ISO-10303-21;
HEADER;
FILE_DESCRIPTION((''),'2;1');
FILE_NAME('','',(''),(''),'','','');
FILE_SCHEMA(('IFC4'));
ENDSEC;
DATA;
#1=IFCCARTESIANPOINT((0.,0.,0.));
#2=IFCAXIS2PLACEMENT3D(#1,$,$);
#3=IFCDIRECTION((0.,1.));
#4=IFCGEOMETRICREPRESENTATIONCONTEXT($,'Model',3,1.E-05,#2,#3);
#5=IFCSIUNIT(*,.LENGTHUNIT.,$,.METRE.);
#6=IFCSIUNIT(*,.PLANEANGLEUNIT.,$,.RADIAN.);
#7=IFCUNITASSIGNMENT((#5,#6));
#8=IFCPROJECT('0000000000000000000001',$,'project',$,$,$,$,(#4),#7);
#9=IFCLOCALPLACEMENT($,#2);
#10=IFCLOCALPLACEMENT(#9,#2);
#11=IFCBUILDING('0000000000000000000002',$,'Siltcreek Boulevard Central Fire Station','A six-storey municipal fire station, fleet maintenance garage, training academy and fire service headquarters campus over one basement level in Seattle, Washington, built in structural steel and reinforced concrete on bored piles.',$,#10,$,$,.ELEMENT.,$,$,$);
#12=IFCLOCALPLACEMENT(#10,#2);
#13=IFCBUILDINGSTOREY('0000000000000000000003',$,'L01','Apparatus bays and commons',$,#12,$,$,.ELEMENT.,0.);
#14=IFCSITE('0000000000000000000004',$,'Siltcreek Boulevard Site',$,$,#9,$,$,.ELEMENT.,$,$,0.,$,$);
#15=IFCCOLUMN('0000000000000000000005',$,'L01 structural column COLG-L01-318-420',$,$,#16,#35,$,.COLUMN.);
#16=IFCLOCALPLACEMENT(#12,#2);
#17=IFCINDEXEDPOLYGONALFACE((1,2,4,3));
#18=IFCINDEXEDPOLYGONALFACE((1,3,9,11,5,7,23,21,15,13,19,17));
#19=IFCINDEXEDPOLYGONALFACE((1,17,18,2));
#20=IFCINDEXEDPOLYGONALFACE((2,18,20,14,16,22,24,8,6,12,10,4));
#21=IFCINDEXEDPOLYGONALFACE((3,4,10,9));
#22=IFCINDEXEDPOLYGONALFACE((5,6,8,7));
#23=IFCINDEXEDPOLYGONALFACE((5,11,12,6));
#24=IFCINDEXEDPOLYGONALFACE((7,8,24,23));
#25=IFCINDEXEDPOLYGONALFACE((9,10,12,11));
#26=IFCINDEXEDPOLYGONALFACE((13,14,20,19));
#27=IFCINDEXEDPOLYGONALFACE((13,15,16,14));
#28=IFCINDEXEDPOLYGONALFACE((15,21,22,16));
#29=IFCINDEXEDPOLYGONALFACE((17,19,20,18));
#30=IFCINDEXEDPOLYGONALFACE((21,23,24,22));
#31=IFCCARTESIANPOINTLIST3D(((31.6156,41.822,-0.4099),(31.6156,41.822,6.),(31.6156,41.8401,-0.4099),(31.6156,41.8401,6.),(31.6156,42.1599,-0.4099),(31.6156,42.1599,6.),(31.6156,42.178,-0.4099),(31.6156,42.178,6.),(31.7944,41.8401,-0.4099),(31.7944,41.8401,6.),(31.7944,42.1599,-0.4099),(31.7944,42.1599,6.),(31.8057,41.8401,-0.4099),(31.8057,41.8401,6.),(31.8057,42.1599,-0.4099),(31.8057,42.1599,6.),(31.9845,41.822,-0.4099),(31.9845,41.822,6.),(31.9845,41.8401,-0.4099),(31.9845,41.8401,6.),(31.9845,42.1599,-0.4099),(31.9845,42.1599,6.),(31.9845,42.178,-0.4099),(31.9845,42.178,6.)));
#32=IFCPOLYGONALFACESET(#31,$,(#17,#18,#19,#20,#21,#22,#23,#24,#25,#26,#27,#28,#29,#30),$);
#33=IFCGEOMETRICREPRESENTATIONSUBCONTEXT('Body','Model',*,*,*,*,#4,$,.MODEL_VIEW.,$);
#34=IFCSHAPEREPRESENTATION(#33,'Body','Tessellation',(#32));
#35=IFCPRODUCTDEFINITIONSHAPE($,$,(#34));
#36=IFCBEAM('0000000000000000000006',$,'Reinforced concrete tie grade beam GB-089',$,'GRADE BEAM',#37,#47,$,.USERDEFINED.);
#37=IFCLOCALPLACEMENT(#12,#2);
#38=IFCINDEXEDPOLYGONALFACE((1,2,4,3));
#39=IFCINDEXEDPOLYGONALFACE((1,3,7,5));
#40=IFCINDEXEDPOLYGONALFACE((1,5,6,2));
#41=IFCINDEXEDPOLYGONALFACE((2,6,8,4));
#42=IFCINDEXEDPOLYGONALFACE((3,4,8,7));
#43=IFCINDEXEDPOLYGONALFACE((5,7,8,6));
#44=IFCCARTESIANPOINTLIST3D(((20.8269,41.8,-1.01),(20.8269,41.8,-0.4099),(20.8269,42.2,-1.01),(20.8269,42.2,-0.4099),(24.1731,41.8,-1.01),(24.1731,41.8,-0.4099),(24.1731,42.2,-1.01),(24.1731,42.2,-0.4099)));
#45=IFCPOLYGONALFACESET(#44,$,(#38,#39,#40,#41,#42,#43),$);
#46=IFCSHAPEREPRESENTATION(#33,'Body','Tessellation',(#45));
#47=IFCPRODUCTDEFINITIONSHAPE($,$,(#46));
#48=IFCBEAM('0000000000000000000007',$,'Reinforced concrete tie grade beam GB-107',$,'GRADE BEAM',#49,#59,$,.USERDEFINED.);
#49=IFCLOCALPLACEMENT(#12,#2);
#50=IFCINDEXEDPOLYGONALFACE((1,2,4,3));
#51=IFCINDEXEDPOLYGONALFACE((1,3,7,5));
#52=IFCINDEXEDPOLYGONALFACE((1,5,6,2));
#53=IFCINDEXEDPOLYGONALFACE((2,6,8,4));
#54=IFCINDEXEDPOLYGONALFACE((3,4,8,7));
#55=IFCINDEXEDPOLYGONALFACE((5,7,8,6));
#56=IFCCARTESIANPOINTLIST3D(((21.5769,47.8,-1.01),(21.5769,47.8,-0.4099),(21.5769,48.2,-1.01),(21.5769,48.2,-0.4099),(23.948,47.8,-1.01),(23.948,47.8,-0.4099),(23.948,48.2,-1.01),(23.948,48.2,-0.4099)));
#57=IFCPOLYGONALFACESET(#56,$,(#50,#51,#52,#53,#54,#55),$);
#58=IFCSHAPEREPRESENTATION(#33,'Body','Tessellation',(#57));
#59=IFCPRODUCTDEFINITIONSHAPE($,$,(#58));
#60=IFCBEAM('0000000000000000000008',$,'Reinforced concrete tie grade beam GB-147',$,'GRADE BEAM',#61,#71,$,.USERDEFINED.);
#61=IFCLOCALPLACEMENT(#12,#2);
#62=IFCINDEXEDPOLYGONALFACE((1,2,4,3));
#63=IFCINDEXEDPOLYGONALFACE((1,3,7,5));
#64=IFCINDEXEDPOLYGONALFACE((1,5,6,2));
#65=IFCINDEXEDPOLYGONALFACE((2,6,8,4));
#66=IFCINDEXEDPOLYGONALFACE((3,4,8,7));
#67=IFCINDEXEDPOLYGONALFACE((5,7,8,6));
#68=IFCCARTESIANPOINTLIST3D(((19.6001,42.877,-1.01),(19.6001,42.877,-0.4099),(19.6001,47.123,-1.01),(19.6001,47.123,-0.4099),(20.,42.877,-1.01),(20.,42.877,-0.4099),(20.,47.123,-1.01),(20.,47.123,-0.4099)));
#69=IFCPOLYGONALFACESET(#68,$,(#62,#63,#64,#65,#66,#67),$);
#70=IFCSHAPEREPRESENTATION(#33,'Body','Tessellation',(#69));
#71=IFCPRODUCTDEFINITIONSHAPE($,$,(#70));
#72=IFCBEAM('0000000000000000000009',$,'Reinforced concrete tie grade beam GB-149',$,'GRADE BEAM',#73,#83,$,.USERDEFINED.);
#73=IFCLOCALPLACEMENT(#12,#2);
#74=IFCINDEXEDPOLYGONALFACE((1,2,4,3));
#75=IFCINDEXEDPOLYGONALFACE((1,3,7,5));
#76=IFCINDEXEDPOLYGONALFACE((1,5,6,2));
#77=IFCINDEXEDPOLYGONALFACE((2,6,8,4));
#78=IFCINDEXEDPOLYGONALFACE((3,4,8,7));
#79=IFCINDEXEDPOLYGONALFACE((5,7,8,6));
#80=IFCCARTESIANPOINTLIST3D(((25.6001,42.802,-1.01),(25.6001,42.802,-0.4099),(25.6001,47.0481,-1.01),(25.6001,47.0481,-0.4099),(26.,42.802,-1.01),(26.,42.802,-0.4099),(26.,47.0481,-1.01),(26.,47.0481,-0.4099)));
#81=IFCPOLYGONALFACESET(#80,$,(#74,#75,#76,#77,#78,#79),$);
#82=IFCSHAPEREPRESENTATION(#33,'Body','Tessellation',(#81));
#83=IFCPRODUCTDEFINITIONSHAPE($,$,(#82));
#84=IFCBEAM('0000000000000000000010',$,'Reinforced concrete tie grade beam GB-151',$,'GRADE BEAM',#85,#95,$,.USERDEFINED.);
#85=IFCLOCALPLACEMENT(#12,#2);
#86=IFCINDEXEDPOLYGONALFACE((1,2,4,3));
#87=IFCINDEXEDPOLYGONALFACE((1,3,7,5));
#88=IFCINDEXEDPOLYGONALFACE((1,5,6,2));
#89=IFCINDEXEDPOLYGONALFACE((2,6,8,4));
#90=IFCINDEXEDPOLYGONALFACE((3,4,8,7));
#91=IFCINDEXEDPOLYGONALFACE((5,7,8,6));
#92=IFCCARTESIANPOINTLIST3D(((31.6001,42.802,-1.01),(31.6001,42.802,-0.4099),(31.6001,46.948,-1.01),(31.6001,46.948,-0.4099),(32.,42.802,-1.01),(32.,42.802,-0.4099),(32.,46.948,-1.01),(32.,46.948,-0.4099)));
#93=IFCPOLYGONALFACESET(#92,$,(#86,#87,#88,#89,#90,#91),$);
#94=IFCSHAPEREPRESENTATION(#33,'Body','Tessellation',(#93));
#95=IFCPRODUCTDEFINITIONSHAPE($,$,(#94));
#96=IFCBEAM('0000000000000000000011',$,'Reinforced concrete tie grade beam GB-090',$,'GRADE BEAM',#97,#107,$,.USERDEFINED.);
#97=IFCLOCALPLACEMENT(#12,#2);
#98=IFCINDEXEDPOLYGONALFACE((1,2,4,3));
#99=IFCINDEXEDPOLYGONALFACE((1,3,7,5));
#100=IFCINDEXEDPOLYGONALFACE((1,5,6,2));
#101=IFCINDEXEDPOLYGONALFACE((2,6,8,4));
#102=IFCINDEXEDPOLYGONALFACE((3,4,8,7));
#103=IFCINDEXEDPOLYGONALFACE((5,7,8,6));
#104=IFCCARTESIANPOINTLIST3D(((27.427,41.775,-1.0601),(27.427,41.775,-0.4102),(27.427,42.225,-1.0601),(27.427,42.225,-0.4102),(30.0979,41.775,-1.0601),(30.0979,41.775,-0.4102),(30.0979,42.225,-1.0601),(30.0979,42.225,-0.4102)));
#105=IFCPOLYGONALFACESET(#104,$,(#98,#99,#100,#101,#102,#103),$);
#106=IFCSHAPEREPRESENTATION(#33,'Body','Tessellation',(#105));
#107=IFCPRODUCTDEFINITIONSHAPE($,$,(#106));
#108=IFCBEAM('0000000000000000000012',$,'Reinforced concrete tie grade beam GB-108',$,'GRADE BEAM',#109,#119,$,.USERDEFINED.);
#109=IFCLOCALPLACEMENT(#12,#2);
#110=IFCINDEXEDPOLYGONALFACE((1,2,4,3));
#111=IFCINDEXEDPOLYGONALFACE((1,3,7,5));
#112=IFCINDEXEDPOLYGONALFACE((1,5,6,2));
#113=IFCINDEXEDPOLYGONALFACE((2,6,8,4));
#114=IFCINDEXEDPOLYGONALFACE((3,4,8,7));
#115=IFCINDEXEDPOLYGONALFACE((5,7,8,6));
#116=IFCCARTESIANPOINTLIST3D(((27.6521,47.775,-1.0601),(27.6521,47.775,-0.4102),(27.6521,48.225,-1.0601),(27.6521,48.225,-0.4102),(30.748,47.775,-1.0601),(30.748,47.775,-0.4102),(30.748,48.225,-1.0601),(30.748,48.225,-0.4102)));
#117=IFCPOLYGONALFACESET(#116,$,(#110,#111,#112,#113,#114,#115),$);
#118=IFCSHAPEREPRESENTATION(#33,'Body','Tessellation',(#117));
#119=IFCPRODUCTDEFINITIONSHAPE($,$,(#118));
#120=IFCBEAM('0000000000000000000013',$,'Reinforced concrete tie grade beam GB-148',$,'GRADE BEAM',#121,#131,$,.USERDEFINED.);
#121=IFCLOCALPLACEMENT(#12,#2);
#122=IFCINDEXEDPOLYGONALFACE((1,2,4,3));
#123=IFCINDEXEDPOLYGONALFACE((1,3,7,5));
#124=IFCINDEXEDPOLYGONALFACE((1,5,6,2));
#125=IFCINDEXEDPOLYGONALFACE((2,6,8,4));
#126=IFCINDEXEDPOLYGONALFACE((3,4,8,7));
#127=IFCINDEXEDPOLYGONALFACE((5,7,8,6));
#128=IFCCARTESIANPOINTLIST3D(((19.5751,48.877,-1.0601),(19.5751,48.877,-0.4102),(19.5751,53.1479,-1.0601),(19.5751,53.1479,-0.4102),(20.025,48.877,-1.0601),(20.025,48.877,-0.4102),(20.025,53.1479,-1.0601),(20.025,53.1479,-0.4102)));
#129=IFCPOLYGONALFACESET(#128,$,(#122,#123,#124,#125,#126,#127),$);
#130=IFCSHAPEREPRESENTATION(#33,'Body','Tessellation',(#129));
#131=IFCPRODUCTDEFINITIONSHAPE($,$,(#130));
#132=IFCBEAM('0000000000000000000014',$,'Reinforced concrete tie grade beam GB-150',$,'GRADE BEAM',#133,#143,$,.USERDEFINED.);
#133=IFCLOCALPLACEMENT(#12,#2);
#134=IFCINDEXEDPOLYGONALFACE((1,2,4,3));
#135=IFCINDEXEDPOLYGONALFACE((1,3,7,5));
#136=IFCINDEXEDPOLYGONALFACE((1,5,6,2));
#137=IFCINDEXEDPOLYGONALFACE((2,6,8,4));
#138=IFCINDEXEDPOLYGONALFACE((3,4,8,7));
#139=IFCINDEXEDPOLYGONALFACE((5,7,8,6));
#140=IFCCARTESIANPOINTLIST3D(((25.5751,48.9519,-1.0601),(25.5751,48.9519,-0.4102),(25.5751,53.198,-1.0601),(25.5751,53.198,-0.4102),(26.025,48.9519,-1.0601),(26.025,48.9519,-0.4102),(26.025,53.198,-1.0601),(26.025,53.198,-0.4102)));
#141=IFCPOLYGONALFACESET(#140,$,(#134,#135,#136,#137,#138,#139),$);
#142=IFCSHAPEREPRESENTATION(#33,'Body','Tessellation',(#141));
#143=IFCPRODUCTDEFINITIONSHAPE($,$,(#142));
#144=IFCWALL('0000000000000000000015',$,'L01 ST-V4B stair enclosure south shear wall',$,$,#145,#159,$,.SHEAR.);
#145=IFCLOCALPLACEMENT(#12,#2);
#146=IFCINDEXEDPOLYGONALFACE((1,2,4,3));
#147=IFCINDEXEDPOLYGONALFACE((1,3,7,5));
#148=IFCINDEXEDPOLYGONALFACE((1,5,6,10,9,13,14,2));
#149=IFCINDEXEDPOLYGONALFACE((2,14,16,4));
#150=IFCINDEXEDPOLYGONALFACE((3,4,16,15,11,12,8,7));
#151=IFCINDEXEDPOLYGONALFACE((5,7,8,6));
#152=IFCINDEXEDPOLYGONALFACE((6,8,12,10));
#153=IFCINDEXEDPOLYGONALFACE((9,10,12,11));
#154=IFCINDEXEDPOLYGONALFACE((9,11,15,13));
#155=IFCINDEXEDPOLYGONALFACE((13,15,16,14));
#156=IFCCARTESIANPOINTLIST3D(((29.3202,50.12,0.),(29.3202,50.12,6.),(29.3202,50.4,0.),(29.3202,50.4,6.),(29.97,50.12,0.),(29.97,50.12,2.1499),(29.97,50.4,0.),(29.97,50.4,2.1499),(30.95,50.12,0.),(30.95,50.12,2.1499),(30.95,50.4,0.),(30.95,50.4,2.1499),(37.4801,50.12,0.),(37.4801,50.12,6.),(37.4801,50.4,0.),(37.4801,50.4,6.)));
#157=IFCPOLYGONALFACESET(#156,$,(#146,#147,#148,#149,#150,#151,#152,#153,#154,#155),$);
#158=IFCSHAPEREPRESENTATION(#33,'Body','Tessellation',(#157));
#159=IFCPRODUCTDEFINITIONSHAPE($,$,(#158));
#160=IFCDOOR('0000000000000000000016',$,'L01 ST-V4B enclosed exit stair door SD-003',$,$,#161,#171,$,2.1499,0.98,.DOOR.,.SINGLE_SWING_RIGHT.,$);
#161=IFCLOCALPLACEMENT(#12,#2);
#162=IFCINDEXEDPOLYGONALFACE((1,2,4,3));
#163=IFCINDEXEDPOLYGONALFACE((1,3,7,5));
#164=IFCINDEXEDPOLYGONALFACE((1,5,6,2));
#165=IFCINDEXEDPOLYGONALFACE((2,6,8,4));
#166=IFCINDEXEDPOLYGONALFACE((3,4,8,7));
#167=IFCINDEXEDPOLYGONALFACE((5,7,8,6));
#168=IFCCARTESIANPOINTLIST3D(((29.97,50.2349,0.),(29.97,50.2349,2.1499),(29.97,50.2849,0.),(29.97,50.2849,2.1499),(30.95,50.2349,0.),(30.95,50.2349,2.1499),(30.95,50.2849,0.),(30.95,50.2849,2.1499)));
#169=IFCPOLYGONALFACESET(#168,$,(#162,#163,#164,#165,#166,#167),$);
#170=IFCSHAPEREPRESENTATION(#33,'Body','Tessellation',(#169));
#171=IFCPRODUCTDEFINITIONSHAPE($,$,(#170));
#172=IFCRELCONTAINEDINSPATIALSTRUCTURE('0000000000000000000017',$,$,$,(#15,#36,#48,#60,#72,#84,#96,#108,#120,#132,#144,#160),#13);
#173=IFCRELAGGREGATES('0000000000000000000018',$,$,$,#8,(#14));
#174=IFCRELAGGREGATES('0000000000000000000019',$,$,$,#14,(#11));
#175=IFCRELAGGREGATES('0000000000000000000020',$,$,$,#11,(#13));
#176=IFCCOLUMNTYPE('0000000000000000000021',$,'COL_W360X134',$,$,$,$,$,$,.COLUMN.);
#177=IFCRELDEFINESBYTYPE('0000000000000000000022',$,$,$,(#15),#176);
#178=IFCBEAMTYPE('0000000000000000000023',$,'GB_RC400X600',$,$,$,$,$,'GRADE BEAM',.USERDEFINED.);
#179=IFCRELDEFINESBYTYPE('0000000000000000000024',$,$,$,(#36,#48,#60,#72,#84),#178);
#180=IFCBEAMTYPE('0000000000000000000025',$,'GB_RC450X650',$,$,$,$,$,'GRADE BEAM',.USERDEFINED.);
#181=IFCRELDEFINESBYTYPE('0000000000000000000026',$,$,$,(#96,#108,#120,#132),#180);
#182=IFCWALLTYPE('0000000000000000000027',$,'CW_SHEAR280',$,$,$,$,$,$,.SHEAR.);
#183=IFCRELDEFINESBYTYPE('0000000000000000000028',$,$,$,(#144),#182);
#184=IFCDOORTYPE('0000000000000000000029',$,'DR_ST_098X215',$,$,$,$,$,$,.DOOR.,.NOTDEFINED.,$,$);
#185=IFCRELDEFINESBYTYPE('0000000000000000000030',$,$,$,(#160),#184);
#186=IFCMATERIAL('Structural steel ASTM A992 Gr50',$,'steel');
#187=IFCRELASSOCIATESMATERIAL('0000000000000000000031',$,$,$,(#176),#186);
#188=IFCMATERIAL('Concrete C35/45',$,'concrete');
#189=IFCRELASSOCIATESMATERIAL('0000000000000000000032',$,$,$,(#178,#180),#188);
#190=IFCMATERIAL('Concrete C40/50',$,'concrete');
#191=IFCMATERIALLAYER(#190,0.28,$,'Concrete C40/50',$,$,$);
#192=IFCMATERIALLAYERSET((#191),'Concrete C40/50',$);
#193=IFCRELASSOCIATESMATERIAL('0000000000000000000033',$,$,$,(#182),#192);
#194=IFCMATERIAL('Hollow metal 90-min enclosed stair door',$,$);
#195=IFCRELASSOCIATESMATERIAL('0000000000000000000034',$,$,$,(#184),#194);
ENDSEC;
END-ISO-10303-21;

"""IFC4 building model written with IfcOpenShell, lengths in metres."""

from ifc_helpers import new_model, si_unit, direction, frame, frame_2d, origin, origin_2d, place, context, subcontext, project, spatial, rectangle, i_section, extrude, material, layer, layer_set, material_profile, profile_set, type_object, element, fill, save


model = new_model("IFC4")

# Units and contexts
model_context = context("Model", 3, precision=1e-05, world=origin(), true_north=direction((0.0, 1.0)))
body_context = subcontext(model_context, "Body", "Model", "MODEL_VIEW")
ifc_project = project(units=[si_unit("LENGTHUNIT", "METRE"), si_unit("PLANEANGLEUNIT", "RADIAN")], contexts=[model_context])

# Site, building, storey
site_placement = place(None, origin())
site = spatial("IfcSite", under=ifc_project, at=site_placement, Name="Siltcreek Boulevard Site", CompositionType="ELEMENT", RefElevation=0.0)
building_placement = place(site_placement, origin())
building = spatial("IfcBuilding", under=site, at=building_placement, Name="Siltcreek Boulevard Central Fire Station", Description="A six-storey municipal fire station, fleet maintenance garage, training academy and fire service headquarters campus over one basement level in Seattle, Washington, built in structural steel and reinforced concrete on bored piles.", CompositionType="ELEMENT")
storey_placement = place(building_placement, origin())
storey = spatial("IfcBuildingStorey", under=building, at=storey_placement, Name="L01", Description="Apparatus bays and commons", CompositionType="ELEMENT", Elevation=0.0)

# Shared definitions
ifc_material_1 = material(Name="Concrete C35/45", Category="concrete")

# Column
ifc_material_2 = material(Name="Structural steel ASTM A992 Gr50", Category="steel")
ifc_material_profile_1 = material_profile(ifc_material_2, i_section(OverallWidth=0.3689, OverallDepth=0.356, WebThickness=0.0112, FlangeThickness=0.0181, at=origin_2d()), Name="W360X134")
ifc_profile_set_1 = profile_set([ifc_material_profile_1], Name="Structural steel ASTM A992 Gr50")
column_type = type_object("IfcColumnType", Name="COL_W360X134", PredefinedType="COLUMN", material=ifc_profile_set_1)
for number, where, z_axis, x_axis, name in (
    (1, (31.8, 42.0, -0.4099), (0.0, 0.0, 1.0), (1.0, 0.0, 0.0), "L01 structural column COLG-L01-318-420"),
):
    element("IfcColumn", number, at=place(storey_placement, frame(where, z_axis=z_axis, x_axis=x_axis)), inside=storey, type_object=column_type, Name=name, PredefinedType="COLUMN", context=body_context, shape_type="SweptSolid", body=[
        extrude(i_section(OverallWidth=0.3689, OverallDepth=0.356, WebThickness=0.0112, FlangeThickness=0.0181, at=origin_2d()), origin(), (0.0, 0.0, 1.0), 6.4099),
    ])

# Beams
ifc_material_profile_2 = material_profile(ifc_material_1, rectangle(XDim=0.3999, YDim=0.6001, at=origin_2d()), Name="RC400X600")
ifc_profile_set_2 = profile_set([ifc_material_profile_2], Name="Concrete C35/45")
beam_type_1 = type_object("IfcBeamType", Name="GB_RC400X600", ElementType="GRADE BEAM", PredefinedType="USERDEFINED", material=ifc_profile_set_2)
beam_1_placement = place(storey_placement, frame((20.8269, 42.0, -0.71), z_axis=(1.0, 0.0, 0.0), x_axis=(0.0, 1.0, 0.0)))
element("IfcBeam", 2, at=beam_1_placement, inside=storey, type_object=beam_type_1, Name="Reinforced concrete tie grade beam GB-089", ObjectType="GRADE BEAM", PredefinedType="USERDEFINED", context=body_context, shape_type="SweptSolid", body=[
    extrude(rectangle(XDim=0.3999, YDim=0.6001, at=origin_2d()), origin(), (0.0, 0.0, 1.0), 3.3462),
])
beam_2_placement = place(storey_placement, frame((21.5769, 48.0, -0.71), z_axis=(1.0, 0.0, 0.0), x_axis=(0.0, 1.0, 0.0)))
element("IfcBeam", 3, at=beam_2_placement, inside=storey, type_object=beam_type_1, Name="Reinforced concrete tie grade beam GB-107", ObjectType="GRADE BEAM", PredefinedType="USERDEFINED", context=body_context, shape_type="SweptSolid", body=[
    extrude(rectangle(XDim=0.3999, YDim=0.6001, at=origin_2d()), origin(), (0.0, 0.0, 1.0), 2.3711),
])
for number, where, z_axis, x_axis, name in (
    (4, (19.8, 42.877, -0.71), (0.0, 1.0, 0.0), (-1.0, 0.0, 0.0), "Reinforced concrete tie grade beam GB-147"),
    (5, (25.8, 42.802, -0.71), (0.0, 1.0, 0.0), (-1.0, 0.0, 0.0), "Reinforced concrete tie grade beam GB-149"),
):
    element("IfcBeam", number, at=place(storey_placement, frame(where, z_axis=z_axis, x_axis=x_axis)), inside=storey, type_object=beam_type_1, Name=name, ObjectType="GRADE BEAM", PredefinedType="USERDEFINED", context=body_context, shape_type="SweptSolid", body=[
        extrude(rectangle(XDim=0.3999, YDim=0.6001, at=origin_2d()), origin(), (0.0, 0.0, 1.0), 4.2461),
    ])
beam_3_placement = place(storey_placement, frame((31.8, 42.802, -0.71), z_axis=(0.0, 1.0, 0.0), x_axis=(-1.0, 0.0, 0.0)))
element("IfcBeam", 6, at=beam_3_placement, inside=storey, type_object=beam_type_1, Name="Reinforced concrete tie grade beam GB-151", ObjectType="GRADE BEAM", PredefinedType="USERDEFINED", context=body_context, shape_type="SweptSolid", body=[
    extrude(rectangle(XDim=0.3999, YDim=0.6001, at=origin_2d()), origin(), (0.0, 0.0, 1.0), 4.146),
])
ifc_material_profile_3 = material_profile(ifc_material_1, rectangle(XDim=0.45, YDim=0.6499, at=origin_2d()), Name="RC450X650")
ifc_profile_set_3 = profile_set([ifc_material_profile_3], Name="Concrete C35/45")
beam_type_2 = type_object("IfcBeamType", Name="GB_RC450X650", ElementType="GRADE BEAM", PredefinedType="USERDEFINED", material=ifc_profile_set_3)
beam_4_placement = place(storey_placement, frame((27.427, 42.0, -0.7351), z_axis=(1.0, 0.0, 0.0), x_axis=(0.0, 1.0, 0.0)))
element("IfcBeam", 7, at=beam_4_placement, inside=storey, type_object=beam_type_2, Name="Reinforced concrete tie grade beam GB-090", ObjectType="GRADE BEAM", PredefinedType="USERDEFINED", context=body_context, shape_type="SweptSolid", body=[
    extrude(rectangle(XDim=0.45, YDim=0.6499, at=origin_2d()), origin(), (0.0, 0.0, 1.0), 2.6709),
])
beam_5_placement = place(storey_placement, frame((27.6521, 48.0, -0.7351), z_axis=(1.0, 0.0, 0.0), x_axis=(0.0, 1.0, 0.0)))
element("IfcBeam", 8, at=beam_5_placement, inside=storey, type_object=beam_type_2, Name="Reinforced concrete tie grade beam GB-108", ObjectType="GRADE BEAM", PredefinedType="USERDEFINED", context=body_context, shape_type="SweptSolid", body=[
    extrude(rectangle(XDim=0.45, YDim=0.6499, at=origin_2d()), origin(), (0.0, 0.0, 1.0), 3.0959),
])
beam_6_placement = place(storey_placement, frame((19.8, 48.877, -0.7351), z_axis=(0.0, 1.0, 0.0), x_axis=(-1.0, 0.0, 0.0)))
element("IfcBeam", 9, at=beam_6_placement, inside=storey, type_object=beam_type_2, Name="Reinforced concrete tie grade beam GB-148", ObjectType="GRADE BEAM", PredefinedType="USERDEFINED", context=body_context, shape_type="SweptSolid", body=[
    extrude(rectangle(XDim=0.45, YDim=0.6499, at=origin_2d()), origin(), (0.0, 0.0, 1.0), 4.271),
])
beam_7_placement = place(storey_placement, frame((25.8, 48.9519, -0.7351), z_axis=(0.0, 1.0, 0.0), x_axis=(-1.0, 0.0, 0.0)))
element("IfcBeam", 10, at=beam_7_placement, inside=storey, type_object=beam_type_2, Name="Reinforced concrete tie grade beam GB-150", ObjectType="GRADE BEAM", PredefinedType="USERDEFINED", context=body_context, shape_type="SweptSolid", body=[
    extrude(rectangle(XDim=0.45, YDim=0.6499, at=origin_2d()), origin(), (0.0, 0.0, 1.0), 4.2461),
])

# Wall, opening, door
ifc_material_3 = material(Name="Concrete C40/50", Category="concrete")
ifc_layer_1 = layer(ifc_material_3, 0.28, Name="Concrete C40/50")
ifc_layer_set_1 = layer_set([ifc_layer_1], Name="Concrete C40/50")
wall_type_1 = type_object("IfcWallType", Name="CW_SHEAR280", PredefinedType="SHEAR", material=ifc_layer_set_1)
wall_1_placement = place(storey_placement, frame((29.3201, 50.26, 0.0), z_axis=(0.0, 0.0, 1.0), x_axis=(1.0, 0.0, 0.0)))
wall_1 = element("IfcWall", 11, at=wall_1_placement, inside=storey, type_object=wall_type_1, Name="L01 ST-V4B stair enclosure south shear wall", PredefinedType="SHEAR", context=body_context, shape_type="SweptSolid", body=[
    extrude(rectangle(XDim=8.1599, YDim=0.28, at=frame_2d((4.0801, 0.0))), origin(), (0.0, 0.0, 1.0), 6.0),
])
opening_1_placement = place(wall_1_placement, frame((0.6499, 0.0, 0.0)))
opening_1 = element("IfcOpeningElement", 12, at=opening_1_placement, cuts=wall_1, PredefinedType="OPENING", context=body_context, shape_type="SweptSolid", body=[
    extrude(rectangle(XDim=0.98, YDim=2.1499, at=frame_2d((0.49, 1.075))), frame((0.0, 0.1499, 0.0), z_axis=(0.0, -1.0, 0.0), x_axis=(1.0, 0.0, 0.0)), (0.0, 0.0, 1.0), 0.3),
])
ifc_material_4 = material(Name="Hollow metal 90-min enclosed stair door")
door_type_1 = type_object("IfcDoorType", Name="DR_ST_098X215", OperationType="NOTDEFINED", PredefinedType="DOOR", material=ifc_material_4)
door_1_placement = place(opening_1_placement, origin())
door_1 = element("IfcDoor", 13, at=door_1_placement, inside=storey, type_object=door_type_1, Name="L01 ST-V4B enclosed exit stair door SD-003", OperationType="SINGLE_SWING_RIGHT", OverallHeight=2.1499, OverallWidth=0.98, PredefinedType="DOOR", context=body_context, shape_type="SweptSolid", body=[
    extrude(rectangle(XDim=0.98, YDim=2.1499, at=frame_2d((0.49, 1.075))), frame((0.0, 0.0249, 0.0), z_axis=(0.0, -1.0, 0.0), x_axis=(1.0, 0.0, 0.0)), (0.0, 0.0, 1.0), 0.05),
])
fill(opening_1, door_1)

save(model, "model.ifc")
